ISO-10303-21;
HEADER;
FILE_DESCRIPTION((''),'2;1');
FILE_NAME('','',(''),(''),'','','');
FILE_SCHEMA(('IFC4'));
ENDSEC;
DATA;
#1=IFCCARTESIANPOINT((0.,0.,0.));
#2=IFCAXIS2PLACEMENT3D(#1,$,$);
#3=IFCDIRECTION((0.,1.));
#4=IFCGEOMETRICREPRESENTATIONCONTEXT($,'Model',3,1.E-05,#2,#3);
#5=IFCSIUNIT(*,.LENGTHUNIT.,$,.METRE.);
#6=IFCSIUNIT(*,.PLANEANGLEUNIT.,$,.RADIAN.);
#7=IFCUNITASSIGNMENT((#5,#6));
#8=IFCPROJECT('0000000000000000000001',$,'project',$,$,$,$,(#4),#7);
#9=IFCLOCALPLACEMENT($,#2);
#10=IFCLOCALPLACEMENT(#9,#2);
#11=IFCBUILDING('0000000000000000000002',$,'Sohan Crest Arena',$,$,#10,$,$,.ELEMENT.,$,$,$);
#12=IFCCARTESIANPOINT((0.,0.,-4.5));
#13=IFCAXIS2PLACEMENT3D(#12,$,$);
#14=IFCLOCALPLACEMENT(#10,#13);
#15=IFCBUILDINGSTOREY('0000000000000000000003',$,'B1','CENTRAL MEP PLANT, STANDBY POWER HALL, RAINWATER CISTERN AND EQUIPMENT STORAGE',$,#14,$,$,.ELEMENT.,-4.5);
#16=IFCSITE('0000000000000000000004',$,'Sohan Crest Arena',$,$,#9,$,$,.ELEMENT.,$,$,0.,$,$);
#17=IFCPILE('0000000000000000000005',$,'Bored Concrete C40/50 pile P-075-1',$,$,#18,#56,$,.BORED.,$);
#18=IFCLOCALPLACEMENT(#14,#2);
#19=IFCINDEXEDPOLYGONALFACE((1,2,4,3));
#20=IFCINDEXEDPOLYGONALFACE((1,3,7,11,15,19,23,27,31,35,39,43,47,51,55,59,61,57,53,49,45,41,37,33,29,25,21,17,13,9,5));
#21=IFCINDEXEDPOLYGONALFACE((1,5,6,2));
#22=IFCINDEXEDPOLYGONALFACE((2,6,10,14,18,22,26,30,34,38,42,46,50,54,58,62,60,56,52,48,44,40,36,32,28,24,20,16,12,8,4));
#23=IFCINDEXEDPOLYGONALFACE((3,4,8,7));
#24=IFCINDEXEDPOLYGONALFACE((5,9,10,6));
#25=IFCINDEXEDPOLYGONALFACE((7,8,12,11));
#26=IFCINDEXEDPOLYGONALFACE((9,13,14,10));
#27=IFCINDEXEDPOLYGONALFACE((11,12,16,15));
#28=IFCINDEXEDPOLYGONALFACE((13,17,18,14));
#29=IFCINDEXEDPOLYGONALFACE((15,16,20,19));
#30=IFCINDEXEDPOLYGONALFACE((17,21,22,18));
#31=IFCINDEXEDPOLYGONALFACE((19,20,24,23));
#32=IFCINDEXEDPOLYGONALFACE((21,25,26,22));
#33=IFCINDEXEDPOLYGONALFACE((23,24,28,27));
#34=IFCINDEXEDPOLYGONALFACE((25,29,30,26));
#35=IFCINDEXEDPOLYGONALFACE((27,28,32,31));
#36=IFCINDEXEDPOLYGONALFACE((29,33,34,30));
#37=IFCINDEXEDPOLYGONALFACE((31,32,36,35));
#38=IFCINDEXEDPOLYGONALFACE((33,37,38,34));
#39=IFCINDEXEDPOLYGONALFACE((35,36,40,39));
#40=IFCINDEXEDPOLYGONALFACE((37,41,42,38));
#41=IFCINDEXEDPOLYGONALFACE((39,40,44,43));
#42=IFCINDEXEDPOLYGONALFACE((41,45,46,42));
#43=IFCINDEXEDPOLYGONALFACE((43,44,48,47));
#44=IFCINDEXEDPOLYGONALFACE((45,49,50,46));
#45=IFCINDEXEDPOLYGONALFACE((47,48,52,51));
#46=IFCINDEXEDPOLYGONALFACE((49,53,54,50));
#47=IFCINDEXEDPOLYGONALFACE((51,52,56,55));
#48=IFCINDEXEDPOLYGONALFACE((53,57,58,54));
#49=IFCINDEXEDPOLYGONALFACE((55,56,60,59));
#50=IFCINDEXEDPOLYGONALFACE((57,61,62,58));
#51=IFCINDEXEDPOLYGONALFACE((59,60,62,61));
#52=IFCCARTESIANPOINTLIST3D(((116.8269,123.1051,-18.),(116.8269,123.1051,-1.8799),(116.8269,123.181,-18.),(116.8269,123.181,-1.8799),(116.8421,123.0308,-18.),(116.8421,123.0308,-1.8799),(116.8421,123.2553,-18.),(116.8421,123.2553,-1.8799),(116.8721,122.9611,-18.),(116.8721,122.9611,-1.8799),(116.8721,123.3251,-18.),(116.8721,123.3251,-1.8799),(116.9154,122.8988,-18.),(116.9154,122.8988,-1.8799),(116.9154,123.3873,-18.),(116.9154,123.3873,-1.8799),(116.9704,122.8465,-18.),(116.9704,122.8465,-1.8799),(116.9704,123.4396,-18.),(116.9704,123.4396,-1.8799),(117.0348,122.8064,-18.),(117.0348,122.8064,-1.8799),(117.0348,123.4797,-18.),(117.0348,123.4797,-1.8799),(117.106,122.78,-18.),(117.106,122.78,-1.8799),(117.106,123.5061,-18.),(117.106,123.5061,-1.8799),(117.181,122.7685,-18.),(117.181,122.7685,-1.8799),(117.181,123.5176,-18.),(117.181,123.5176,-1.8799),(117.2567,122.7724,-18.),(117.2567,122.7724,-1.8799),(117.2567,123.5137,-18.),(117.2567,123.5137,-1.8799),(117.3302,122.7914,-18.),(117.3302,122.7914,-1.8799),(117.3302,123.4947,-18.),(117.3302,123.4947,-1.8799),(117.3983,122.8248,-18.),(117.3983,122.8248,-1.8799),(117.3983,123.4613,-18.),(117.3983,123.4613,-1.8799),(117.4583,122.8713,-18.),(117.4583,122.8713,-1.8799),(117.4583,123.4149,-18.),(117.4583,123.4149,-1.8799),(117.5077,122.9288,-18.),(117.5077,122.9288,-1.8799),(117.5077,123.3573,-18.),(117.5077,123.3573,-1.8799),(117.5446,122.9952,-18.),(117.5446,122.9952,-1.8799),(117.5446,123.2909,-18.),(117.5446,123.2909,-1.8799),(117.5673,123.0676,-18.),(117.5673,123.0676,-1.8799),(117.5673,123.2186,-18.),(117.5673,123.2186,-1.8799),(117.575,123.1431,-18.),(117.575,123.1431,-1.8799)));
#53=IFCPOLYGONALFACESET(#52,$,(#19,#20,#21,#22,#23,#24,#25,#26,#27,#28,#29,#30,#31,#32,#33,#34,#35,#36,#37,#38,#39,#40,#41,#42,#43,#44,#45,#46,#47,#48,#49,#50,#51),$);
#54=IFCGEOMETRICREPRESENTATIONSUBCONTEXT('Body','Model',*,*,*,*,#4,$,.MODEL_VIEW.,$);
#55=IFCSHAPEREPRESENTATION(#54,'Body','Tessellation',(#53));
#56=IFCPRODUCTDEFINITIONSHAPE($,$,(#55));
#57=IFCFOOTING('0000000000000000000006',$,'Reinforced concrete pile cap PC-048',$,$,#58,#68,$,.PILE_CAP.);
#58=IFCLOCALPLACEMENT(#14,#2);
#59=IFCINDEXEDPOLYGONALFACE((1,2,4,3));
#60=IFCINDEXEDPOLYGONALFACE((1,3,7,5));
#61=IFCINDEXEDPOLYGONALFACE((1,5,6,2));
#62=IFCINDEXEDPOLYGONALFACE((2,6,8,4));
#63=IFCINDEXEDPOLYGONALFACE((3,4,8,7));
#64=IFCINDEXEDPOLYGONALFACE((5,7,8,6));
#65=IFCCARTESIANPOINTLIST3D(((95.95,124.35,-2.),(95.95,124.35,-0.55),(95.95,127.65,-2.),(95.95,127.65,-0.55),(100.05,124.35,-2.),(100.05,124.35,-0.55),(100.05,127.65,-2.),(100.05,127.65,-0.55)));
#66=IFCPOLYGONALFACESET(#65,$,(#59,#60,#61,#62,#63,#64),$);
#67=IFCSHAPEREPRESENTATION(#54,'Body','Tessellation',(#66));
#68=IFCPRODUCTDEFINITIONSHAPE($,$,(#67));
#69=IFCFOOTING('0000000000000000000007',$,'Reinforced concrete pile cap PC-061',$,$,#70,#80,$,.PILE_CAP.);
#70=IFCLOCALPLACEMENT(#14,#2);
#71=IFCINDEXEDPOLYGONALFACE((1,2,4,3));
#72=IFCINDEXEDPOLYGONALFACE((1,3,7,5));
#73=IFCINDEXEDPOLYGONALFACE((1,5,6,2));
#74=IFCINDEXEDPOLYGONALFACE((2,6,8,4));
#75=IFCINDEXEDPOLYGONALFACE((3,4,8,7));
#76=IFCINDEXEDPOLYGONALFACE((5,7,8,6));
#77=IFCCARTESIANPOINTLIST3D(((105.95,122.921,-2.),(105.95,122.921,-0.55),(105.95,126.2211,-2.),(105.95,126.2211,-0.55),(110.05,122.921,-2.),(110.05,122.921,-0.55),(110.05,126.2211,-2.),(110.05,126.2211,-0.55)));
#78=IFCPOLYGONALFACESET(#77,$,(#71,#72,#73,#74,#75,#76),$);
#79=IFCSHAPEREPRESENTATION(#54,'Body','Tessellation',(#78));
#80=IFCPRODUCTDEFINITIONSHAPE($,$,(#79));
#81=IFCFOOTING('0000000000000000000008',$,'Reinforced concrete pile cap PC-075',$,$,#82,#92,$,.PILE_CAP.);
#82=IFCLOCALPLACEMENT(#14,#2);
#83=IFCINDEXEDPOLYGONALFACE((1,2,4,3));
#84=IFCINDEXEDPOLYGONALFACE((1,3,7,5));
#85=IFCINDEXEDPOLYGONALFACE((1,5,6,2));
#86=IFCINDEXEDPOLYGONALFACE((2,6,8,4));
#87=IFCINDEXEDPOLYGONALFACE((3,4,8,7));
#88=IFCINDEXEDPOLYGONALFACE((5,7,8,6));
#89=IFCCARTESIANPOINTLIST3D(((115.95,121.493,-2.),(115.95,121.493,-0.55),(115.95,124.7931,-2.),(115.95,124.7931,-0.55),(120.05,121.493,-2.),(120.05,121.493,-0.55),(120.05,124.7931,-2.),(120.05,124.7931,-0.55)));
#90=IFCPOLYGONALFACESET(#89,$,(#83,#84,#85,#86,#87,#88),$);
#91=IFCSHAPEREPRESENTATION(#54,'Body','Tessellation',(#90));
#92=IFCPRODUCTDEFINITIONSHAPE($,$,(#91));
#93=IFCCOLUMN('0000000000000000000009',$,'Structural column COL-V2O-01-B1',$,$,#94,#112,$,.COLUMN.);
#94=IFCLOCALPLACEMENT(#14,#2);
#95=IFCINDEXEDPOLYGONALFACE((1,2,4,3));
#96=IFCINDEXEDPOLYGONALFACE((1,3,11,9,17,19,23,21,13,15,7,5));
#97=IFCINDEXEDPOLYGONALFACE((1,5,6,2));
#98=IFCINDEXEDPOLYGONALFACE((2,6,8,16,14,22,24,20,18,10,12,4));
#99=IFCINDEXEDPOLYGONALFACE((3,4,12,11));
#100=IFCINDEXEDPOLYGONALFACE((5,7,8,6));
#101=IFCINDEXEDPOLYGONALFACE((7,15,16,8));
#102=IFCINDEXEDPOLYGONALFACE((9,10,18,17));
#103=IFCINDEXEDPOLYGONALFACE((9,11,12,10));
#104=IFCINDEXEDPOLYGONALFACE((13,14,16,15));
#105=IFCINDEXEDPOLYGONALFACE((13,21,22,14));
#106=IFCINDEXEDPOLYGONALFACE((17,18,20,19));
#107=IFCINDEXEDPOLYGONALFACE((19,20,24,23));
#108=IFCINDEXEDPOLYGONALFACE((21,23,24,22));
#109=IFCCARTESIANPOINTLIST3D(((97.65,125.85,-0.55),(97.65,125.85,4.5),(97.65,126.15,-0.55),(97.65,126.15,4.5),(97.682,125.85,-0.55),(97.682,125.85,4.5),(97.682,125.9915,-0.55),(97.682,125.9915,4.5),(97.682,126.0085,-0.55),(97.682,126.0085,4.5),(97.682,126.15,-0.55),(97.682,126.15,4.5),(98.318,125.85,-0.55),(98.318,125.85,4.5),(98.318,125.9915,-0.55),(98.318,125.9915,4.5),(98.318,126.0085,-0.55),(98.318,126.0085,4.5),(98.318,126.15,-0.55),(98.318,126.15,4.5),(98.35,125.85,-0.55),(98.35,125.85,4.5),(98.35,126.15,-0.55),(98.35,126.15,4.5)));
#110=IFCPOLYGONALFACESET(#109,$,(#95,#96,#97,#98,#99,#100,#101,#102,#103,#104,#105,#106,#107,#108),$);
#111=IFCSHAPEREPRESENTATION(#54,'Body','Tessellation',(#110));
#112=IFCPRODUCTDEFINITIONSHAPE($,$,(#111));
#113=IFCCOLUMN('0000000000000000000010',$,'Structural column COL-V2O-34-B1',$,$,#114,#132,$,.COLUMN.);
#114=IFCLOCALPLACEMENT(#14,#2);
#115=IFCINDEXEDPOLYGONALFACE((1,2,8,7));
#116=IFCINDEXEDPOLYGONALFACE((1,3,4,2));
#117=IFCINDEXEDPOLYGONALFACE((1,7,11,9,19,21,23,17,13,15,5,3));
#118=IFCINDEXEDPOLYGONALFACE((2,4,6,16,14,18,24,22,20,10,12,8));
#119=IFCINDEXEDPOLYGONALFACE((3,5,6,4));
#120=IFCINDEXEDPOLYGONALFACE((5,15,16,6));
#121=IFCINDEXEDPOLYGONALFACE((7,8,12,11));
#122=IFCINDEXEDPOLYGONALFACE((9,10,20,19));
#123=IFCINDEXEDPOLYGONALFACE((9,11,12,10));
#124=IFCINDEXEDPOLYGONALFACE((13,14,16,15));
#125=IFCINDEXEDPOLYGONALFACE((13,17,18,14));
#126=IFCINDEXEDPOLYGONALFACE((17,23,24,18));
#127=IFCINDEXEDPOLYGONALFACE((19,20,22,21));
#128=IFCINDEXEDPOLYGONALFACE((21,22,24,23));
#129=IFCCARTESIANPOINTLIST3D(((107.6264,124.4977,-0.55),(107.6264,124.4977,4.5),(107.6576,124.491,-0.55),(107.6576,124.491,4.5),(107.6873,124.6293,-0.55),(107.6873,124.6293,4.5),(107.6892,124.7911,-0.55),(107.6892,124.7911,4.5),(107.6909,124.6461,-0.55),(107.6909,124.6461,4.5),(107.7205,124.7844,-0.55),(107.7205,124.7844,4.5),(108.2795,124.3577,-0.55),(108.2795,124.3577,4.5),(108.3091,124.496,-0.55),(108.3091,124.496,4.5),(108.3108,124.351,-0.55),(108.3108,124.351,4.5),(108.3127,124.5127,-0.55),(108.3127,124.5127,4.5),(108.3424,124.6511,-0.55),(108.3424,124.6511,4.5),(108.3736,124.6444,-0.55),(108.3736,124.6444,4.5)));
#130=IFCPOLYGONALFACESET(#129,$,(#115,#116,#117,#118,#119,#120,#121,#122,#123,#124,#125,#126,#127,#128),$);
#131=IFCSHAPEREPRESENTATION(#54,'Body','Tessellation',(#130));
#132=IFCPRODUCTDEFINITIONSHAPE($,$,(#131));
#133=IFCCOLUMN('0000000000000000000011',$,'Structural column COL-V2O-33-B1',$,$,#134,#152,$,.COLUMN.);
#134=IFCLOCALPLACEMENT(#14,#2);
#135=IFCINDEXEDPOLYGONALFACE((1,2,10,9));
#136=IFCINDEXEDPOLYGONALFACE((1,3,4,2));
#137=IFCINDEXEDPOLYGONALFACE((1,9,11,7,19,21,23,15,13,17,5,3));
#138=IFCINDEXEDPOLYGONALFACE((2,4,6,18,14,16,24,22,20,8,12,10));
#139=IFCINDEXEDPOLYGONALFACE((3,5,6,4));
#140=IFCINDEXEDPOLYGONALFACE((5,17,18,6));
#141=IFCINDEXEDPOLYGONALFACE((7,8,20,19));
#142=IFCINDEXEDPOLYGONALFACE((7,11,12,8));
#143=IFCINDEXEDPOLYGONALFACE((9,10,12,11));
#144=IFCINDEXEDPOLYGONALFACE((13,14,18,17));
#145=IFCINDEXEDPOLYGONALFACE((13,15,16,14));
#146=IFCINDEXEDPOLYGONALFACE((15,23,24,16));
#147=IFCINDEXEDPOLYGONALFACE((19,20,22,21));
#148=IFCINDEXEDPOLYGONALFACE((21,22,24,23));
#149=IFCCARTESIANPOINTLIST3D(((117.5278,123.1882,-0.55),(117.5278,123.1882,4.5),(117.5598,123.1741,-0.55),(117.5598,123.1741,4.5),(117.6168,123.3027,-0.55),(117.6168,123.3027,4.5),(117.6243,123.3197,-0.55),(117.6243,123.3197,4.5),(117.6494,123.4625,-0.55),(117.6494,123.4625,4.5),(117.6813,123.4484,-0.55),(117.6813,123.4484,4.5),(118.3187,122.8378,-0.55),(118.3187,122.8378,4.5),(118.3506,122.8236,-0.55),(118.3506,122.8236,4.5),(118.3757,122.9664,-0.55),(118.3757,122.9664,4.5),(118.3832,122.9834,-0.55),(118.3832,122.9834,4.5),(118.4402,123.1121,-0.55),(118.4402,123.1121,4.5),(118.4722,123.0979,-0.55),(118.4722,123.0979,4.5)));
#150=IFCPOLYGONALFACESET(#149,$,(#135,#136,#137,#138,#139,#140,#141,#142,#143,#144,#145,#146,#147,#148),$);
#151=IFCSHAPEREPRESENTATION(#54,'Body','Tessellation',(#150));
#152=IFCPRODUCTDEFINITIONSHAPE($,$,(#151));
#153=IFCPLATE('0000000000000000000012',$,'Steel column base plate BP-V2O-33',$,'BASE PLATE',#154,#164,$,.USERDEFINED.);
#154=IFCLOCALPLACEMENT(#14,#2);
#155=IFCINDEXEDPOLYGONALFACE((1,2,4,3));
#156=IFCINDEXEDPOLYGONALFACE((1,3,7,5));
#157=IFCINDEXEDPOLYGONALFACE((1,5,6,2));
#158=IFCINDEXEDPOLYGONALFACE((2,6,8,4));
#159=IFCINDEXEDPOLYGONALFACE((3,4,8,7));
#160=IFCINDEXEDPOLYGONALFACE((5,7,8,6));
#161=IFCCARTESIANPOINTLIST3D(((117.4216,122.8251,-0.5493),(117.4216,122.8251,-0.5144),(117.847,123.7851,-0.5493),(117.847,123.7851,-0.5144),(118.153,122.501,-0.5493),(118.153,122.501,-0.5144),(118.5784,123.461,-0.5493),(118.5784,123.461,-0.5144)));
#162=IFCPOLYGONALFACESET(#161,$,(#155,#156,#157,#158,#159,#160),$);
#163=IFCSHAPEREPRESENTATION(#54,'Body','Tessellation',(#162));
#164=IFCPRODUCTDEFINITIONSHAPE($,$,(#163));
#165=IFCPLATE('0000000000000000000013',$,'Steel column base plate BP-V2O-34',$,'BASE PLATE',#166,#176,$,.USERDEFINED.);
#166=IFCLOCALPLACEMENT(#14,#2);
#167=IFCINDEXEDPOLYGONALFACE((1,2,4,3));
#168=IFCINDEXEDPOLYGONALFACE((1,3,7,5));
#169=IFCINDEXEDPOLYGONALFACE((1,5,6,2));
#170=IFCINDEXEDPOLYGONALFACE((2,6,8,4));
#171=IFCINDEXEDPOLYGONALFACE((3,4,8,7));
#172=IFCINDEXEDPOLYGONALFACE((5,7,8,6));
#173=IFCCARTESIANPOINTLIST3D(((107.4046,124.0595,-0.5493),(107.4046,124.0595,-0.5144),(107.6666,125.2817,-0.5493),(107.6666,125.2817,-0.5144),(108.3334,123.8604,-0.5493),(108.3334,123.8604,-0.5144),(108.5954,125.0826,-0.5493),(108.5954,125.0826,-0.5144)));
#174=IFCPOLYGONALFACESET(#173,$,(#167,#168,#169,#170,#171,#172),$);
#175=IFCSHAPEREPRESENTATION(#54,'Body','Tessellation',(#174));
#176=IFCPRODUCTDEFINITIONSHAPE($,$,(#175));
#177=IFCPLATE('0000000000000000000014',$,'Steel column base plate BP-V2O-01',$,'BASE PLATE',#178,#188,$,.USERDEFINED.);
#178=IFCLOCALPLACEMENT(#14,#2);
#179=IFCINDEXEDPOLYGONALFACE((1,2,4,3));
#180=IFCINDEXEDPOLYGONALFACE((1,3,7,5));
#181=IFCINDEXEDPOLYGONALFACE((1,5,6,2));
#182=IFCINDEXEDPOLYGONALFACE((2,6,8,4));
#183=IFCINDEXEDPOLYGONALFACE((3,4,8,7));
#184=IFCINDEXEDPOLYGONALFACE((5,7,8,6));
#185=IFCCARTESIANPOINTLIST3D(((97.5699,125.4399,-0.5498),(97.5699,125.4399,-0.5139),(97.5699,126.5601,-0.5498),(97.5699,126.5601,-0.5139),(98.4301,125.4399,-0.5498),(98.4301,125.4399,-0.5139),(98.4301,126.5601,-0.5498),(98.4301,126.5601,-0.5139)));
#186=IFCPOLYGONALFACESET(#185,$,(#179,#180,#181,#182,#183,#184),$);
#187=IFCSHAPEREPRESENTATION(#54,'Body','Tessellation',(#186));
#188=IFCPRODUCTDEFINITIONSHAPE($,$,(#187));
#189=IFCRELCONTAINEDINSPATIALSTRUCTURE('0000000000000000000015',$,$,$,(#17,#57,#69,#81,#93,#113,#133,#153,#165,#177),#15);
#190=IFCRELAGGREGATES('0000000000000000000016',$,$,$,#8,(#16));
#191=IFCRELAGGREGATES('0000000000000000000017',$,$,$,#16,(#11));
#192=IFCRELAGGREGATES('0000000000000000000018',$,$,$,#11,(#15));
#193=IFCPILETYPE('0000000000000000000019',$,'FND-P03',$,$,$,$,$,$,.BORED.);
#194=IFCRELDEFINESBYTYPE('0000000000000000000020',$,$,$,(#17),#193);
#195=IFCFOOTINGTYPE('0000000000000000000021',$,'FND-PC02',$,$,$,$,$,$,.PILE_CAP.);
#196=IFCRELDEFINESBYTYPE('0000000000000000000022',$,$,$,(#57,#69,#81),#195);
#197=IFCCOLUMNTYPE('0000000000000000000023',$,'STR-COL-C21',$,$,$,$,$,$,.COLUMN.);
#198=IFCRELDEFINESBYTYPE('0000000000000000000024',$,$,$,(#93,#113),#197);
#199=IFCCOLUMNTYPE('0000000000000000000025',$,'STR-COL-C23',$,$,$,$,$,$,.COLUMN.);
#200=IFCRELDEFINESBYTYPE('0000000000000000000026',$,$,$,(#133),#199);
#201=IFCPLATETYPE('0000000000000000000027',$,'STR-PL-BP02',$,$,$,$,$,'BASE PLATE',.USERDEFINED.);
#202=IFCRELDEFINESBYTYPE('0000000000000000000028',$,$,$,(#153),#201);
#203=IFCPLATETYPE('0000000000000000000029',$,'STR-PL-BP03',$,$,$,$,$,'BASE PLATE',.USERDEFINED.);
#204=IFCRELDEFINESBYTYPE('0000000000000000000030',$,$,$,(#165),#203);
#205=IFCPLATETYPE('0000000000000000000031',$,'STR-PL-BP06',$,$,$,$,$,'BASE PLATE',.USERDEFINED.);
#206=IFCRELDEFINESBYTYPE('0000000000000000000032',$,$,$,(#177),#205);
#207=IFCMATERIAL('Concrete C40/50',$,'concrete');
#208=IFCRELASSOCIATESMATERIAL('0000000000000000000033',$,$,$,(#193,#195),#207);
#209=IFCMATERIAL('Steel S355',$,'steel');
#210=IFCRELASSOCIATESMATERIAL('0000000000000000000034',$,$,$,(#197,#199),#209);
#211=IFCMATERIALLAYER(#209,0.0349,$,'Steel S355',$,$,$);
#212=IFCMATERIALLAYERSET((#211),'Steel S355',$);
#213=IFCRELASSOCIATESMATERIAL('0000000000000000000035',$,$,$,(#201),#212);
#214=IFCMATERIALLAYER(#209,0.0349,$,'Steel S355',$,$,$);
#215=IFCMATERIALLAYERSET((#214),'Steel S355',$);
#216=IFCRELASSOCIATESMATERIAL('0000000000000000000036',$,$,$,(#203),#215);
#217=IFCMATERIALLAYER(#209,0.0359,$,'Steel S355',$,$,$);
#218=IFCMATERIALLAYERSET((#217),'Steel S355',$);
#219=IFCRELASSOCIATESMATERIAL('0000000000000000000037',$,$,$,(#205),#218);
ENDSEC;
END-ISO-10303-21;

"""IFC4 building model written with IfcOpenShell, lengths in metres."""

from ifc_helpers import new_model, si_unit, direction, frame, origin, origin_2d, place, context, subcontext, project, spatial, rectangle, circle, i_section, extrude, material, layer, layer_set, material_profile, profile_set, type_object, element, save


model = new_model("IFC4")

# Units and contexts
model_context = context("Model", 3, precision=1e-05, world=origin(), true_north=direction((0.0, 1.0)))
body_context = subcontext(model_context, "Body", "Model", "MODEL_VIEW")
ifc_project = project(units=[si_unit("LENGTHUNIT", "METRE"), si_unit("PLANEANGLEUNIT", "RADIAN")], contexts=[model_context])

# Site, building, storey
site_placement = place(None, origin())
site = spatial("IfcSite", under=ifc_project, at=site_placement, Name="Sohan Crest Arena", CompositionType="ELEMENT", RefElevation=0.0)
building_placement = place(site_placement, origin())
building = spatial("IfcBuilding", under=site, at=building_placement, Name="Sohan Crest Arena", CompositionType="ELEMENT")
storey_placement = place(building_placement, frame((0.0, 0.0, -4.5)))
storey = spatial("IfcBuildingStorey", under=building, at=storey_placement, Name="B1", Description="CENTRAL MEP PLANT, STANDBY POWER HALL, RAINWATER CISTERN AND EQUIPMENT STORAGE", CompositionType="ELEMENT", Elevation=-4.5)

# Shared definitions
ifc_material_1 = material(Name="Concrete C40/50", Category="concrete")

# Pile
ifc_material_profile_1 = material_profile(ifc_material_1, circle(Radius=0.375, at=origin_2d()), Name="PILE D750")
ifc_profile_set_1 = profile_set([ifc_material_profile_1], Name="Concrete C40/50")
pile_type = type_object("IfcPileType", Name="FND-P03", PredefinedType="BORED", material=ifc_profile_set_1)
for number, where, z_axis, x_axis, name in (
    (1, (117.2, 123.1431, -18.0), (0.0, 0.0, 1.0), (1.0, 0.0, 0.0), "Bored Concrete C40/50 pile P-075-1"),
):
    element("IfcPile", number, at=place(storey_placement, frame(where, z_axis=z_axis, x_axis=x_axis)), inside=storey, type_object=pile_type, Name=name, PredefinedType="BORED", context=body_context, shape_type="SweptSolid", body=[
        extrude(circle(Radius=0.375, at=origin_2d()), origin(), (0.0, 0.0, 1.0), 16.1201),
    ])

# Footings
footing_type_1 = type_object("IfcFootingType", Name="FND-PC02", PredefinedType="PILE_CAP", material=ifc_material_1)
for number, where, z_axis, x_axis, name in (
    (2, (98.0, 126.0, -2.0), (0.0, 0.0, 1.0), (1.0, 0.0, 0.0), "Reinforced concrete pile cap PC-048"),
    (3, (108.0, 124.571, -2.0), (0.0, 0.0, 1.0), (1.0, 0.0, 0.0), "Reinforced concrete pile cap PC-061"),
    (4, (118.0, 123.1431, -2.0), (0.0, 0.0, 1.0), (1.0, 0.0, 0.0), "Reinforced concrete pile cap PC-075"),
):
    element("IfcFooting", number, at=place(storey_placement, frame(where, z_axis=z_axis, x_axis=x_axis)), inside=storey, type_object=footing_type_1, Name=name, PredefinedType="PILE_CAP", context=body_context, shape_type="SweptSolid", body=[
        extrude(rectangle(XDim=4.1001, YDim=3.3, at=origin_2d()), origin(), (0.0, 0.0, 1.0), 1.45),
    ])

# Columns
ifc_material_2 = material(Name="Steel S355", Category="steel")
ifc_material_profile_2 = material_profile(ifc_material_2, i_section(OverallWidth=0.3, OverallDepth=0.7, WebThickness=0.0171, FlangeThickness=0.032, at=origin_2d()), Name="HEB 700")
ifc_profile_set_2 = profile_set([ifc_material_profile_2], Name="Steel S355")
column_type_1 = type_object("IfcColumnType", Name="STR-COL-C21", PredefinedType="COLUMN", material=ifc_profile_set_2)
for number, where, z_axis, x_axis, name in (
    (5, (98.0, 126.0, -0.55), (0.0, 0.0, 1.0), (0.0, 1.0, 0.0), "Structural column COL-V2O-01-B1"),
    (6, (108.0, 124.571, -0.55), (0.0, 0.0, 1.0), (0.209619, 0.977783, 0.0), "Structural column COL-V2O-34-B1"),
):
    element("IfcColumn", number, at=place(storey_placement, frame(where, z_axis=z_axis, x_axis=x_axis)), inside=storey, type_object=column_type_1, Name=name, PredefinedType="COLUMN", context=body_context, shape_type="SweptSolid", body=[
        extrude(i_section(OverallWidth=0.3, OverallDepth=0.7, WebThickness=0.0171, FlangeThickness=0.032, at=origin_2d()), origin(), (0.0, 0.0, 1.0), 5.05),
    ])
ifc_material_profile_3 = material_profile(ifc_material_2, i_section(OverallWidth=0.3, OverallDepth=0.8999, WebThickness=0.0186, FlangeThickness=0.0349, at=origin_2d()), Name="HEB 900")
ifc_profile_set_3 = profile_set([ifc_material_profile_3], Name="Steel S355")
column_type_2 = type_object("IfcColumnType", Name="STR-COL-C23", PredefinedType="COLUMN", material=ifc_profile_set_3)
column_placement = place(storey_placement, frame((118.0, 123.1431, -0.55), z_axis=(0.0, 0.0, 1.0), x_axis=(0.405142, 0.914254, 0.0)))
element("IfcColumn", 7, at=column_placement, inside=storey, type_object=column_type_2, Name="Structural column COL-V2O-33-B1", PredefinedType="COLUMN", context=body_context, shape_type="SweptSolid", body=[
    extrude(i_section(OverallWidth=0.3, OverallDepth=0.8999, WebThickness=0.0186, FlangeThickness=0.0349, at=origin_2d()), origin(), (0.0, 0.0, 1.0), 5.05),
])

# Plates
ifc_layer_1 = layer(ifc_material_2, 0.0349, Name="Steel S355")
ifc_layer_set_1 = layer_set([ifc_layer_1], Name="Steel S355")
plate_type_1 = type_object("IfcPlateType", Name="STR-PL-BP02", ElementType="BASE PLATE", PredefinedType="USERDEFINED", material=ifc_layer_set_1)
plate_1_placement = place(storey_placement, frame((118.0, 123.1431, -0.5493), z_axis=(0.0, 0.0, 1.0), x_axis=(0.405142, 0.914254, 0.0)))
element("IfcPlate", 8, at=plate_1_placement, inside=storey, type_object=plate_type_1, Name="Steel column base plate BP-V2O-33", ObjectType="BASE PLATE", PredefinedType="USERDEFINED", context=body_context, shape_type="SweptSolid", body=[
    extrude(rectangle(XDim=1.05, YDim=0.8, at=origin_2d()), origin(), (0.0, 0.0, 1.0), 0.0349),
])
ifc_layer_2 = layer(ifc_material_2, 0.0349, Name="Steel S355")
ifc_layer_set_2 = layer_set([ifc_layer_2], Name="Steel S355")
plate_type_2 = type_object("IfcPlateType", Name="STR-PL-BP03", ElementType="BASE PLATE", PredefinedType="USERDEFINED", material=ifc_layer_set_2)
plate_2_placement = place(storey_placement, frame((108.0, 124.571, -0.5493), z_axis=(0.0, 0.0, 1.0), x_axis=(0.209619, 0.977783, 0.0)))
element("IfcPlate", 9, at=plate_2_placement, inside=storey, type_object=plate_type_2, Name="Steel column base plate BP-V2O-34", ObjectType="BASE PLATE", PredefinedType="USERDEFINED", context=body_context, shape_type="SweptSolid", body=[
    extrude(rectangle(XDim=1.25, YDim=0.95, at=origin_2d()), origin(), (0.0, 0.0, 1.0), 0.0349),
])
ifc_layer_3 = layer(ifc_material_2, 0.0359, Name="Steel S355")
ifc_layer_set_3 = layer_set([ifc_layer_3], Name="Steel S355")
plate_type_3 = type_object("IfcPlateType", Name="STR-PL-BP06", ElementType="BASE PLATE", PredefinedType="USERDEFINED", material=ifc_layer_set_3)
plate_3_placement = place(storey_placement, frame((98.0, 126.0, -0.5498), z_axis=(0.0, 0.0, 1.0), x_axis=(0.0, 1.0, 0.0)))
element("IfcPlate", 10, at=plate_3_placement, inside=storey, type_object=plate_type_3, Name="Steel column base plate BP-V2O-01", ObjectType="BASE PLATE", PredefinedType="USERDEFINED", context=body_context, shape_type="SweptSolid", body=[
    extrude(rectangle(XDim=1.1201, YDim=0.8601, at=origin_2d()), origin(), (0.0, 0.0, 1.0), 0.0359),
])

save(model, "model.ifc")
